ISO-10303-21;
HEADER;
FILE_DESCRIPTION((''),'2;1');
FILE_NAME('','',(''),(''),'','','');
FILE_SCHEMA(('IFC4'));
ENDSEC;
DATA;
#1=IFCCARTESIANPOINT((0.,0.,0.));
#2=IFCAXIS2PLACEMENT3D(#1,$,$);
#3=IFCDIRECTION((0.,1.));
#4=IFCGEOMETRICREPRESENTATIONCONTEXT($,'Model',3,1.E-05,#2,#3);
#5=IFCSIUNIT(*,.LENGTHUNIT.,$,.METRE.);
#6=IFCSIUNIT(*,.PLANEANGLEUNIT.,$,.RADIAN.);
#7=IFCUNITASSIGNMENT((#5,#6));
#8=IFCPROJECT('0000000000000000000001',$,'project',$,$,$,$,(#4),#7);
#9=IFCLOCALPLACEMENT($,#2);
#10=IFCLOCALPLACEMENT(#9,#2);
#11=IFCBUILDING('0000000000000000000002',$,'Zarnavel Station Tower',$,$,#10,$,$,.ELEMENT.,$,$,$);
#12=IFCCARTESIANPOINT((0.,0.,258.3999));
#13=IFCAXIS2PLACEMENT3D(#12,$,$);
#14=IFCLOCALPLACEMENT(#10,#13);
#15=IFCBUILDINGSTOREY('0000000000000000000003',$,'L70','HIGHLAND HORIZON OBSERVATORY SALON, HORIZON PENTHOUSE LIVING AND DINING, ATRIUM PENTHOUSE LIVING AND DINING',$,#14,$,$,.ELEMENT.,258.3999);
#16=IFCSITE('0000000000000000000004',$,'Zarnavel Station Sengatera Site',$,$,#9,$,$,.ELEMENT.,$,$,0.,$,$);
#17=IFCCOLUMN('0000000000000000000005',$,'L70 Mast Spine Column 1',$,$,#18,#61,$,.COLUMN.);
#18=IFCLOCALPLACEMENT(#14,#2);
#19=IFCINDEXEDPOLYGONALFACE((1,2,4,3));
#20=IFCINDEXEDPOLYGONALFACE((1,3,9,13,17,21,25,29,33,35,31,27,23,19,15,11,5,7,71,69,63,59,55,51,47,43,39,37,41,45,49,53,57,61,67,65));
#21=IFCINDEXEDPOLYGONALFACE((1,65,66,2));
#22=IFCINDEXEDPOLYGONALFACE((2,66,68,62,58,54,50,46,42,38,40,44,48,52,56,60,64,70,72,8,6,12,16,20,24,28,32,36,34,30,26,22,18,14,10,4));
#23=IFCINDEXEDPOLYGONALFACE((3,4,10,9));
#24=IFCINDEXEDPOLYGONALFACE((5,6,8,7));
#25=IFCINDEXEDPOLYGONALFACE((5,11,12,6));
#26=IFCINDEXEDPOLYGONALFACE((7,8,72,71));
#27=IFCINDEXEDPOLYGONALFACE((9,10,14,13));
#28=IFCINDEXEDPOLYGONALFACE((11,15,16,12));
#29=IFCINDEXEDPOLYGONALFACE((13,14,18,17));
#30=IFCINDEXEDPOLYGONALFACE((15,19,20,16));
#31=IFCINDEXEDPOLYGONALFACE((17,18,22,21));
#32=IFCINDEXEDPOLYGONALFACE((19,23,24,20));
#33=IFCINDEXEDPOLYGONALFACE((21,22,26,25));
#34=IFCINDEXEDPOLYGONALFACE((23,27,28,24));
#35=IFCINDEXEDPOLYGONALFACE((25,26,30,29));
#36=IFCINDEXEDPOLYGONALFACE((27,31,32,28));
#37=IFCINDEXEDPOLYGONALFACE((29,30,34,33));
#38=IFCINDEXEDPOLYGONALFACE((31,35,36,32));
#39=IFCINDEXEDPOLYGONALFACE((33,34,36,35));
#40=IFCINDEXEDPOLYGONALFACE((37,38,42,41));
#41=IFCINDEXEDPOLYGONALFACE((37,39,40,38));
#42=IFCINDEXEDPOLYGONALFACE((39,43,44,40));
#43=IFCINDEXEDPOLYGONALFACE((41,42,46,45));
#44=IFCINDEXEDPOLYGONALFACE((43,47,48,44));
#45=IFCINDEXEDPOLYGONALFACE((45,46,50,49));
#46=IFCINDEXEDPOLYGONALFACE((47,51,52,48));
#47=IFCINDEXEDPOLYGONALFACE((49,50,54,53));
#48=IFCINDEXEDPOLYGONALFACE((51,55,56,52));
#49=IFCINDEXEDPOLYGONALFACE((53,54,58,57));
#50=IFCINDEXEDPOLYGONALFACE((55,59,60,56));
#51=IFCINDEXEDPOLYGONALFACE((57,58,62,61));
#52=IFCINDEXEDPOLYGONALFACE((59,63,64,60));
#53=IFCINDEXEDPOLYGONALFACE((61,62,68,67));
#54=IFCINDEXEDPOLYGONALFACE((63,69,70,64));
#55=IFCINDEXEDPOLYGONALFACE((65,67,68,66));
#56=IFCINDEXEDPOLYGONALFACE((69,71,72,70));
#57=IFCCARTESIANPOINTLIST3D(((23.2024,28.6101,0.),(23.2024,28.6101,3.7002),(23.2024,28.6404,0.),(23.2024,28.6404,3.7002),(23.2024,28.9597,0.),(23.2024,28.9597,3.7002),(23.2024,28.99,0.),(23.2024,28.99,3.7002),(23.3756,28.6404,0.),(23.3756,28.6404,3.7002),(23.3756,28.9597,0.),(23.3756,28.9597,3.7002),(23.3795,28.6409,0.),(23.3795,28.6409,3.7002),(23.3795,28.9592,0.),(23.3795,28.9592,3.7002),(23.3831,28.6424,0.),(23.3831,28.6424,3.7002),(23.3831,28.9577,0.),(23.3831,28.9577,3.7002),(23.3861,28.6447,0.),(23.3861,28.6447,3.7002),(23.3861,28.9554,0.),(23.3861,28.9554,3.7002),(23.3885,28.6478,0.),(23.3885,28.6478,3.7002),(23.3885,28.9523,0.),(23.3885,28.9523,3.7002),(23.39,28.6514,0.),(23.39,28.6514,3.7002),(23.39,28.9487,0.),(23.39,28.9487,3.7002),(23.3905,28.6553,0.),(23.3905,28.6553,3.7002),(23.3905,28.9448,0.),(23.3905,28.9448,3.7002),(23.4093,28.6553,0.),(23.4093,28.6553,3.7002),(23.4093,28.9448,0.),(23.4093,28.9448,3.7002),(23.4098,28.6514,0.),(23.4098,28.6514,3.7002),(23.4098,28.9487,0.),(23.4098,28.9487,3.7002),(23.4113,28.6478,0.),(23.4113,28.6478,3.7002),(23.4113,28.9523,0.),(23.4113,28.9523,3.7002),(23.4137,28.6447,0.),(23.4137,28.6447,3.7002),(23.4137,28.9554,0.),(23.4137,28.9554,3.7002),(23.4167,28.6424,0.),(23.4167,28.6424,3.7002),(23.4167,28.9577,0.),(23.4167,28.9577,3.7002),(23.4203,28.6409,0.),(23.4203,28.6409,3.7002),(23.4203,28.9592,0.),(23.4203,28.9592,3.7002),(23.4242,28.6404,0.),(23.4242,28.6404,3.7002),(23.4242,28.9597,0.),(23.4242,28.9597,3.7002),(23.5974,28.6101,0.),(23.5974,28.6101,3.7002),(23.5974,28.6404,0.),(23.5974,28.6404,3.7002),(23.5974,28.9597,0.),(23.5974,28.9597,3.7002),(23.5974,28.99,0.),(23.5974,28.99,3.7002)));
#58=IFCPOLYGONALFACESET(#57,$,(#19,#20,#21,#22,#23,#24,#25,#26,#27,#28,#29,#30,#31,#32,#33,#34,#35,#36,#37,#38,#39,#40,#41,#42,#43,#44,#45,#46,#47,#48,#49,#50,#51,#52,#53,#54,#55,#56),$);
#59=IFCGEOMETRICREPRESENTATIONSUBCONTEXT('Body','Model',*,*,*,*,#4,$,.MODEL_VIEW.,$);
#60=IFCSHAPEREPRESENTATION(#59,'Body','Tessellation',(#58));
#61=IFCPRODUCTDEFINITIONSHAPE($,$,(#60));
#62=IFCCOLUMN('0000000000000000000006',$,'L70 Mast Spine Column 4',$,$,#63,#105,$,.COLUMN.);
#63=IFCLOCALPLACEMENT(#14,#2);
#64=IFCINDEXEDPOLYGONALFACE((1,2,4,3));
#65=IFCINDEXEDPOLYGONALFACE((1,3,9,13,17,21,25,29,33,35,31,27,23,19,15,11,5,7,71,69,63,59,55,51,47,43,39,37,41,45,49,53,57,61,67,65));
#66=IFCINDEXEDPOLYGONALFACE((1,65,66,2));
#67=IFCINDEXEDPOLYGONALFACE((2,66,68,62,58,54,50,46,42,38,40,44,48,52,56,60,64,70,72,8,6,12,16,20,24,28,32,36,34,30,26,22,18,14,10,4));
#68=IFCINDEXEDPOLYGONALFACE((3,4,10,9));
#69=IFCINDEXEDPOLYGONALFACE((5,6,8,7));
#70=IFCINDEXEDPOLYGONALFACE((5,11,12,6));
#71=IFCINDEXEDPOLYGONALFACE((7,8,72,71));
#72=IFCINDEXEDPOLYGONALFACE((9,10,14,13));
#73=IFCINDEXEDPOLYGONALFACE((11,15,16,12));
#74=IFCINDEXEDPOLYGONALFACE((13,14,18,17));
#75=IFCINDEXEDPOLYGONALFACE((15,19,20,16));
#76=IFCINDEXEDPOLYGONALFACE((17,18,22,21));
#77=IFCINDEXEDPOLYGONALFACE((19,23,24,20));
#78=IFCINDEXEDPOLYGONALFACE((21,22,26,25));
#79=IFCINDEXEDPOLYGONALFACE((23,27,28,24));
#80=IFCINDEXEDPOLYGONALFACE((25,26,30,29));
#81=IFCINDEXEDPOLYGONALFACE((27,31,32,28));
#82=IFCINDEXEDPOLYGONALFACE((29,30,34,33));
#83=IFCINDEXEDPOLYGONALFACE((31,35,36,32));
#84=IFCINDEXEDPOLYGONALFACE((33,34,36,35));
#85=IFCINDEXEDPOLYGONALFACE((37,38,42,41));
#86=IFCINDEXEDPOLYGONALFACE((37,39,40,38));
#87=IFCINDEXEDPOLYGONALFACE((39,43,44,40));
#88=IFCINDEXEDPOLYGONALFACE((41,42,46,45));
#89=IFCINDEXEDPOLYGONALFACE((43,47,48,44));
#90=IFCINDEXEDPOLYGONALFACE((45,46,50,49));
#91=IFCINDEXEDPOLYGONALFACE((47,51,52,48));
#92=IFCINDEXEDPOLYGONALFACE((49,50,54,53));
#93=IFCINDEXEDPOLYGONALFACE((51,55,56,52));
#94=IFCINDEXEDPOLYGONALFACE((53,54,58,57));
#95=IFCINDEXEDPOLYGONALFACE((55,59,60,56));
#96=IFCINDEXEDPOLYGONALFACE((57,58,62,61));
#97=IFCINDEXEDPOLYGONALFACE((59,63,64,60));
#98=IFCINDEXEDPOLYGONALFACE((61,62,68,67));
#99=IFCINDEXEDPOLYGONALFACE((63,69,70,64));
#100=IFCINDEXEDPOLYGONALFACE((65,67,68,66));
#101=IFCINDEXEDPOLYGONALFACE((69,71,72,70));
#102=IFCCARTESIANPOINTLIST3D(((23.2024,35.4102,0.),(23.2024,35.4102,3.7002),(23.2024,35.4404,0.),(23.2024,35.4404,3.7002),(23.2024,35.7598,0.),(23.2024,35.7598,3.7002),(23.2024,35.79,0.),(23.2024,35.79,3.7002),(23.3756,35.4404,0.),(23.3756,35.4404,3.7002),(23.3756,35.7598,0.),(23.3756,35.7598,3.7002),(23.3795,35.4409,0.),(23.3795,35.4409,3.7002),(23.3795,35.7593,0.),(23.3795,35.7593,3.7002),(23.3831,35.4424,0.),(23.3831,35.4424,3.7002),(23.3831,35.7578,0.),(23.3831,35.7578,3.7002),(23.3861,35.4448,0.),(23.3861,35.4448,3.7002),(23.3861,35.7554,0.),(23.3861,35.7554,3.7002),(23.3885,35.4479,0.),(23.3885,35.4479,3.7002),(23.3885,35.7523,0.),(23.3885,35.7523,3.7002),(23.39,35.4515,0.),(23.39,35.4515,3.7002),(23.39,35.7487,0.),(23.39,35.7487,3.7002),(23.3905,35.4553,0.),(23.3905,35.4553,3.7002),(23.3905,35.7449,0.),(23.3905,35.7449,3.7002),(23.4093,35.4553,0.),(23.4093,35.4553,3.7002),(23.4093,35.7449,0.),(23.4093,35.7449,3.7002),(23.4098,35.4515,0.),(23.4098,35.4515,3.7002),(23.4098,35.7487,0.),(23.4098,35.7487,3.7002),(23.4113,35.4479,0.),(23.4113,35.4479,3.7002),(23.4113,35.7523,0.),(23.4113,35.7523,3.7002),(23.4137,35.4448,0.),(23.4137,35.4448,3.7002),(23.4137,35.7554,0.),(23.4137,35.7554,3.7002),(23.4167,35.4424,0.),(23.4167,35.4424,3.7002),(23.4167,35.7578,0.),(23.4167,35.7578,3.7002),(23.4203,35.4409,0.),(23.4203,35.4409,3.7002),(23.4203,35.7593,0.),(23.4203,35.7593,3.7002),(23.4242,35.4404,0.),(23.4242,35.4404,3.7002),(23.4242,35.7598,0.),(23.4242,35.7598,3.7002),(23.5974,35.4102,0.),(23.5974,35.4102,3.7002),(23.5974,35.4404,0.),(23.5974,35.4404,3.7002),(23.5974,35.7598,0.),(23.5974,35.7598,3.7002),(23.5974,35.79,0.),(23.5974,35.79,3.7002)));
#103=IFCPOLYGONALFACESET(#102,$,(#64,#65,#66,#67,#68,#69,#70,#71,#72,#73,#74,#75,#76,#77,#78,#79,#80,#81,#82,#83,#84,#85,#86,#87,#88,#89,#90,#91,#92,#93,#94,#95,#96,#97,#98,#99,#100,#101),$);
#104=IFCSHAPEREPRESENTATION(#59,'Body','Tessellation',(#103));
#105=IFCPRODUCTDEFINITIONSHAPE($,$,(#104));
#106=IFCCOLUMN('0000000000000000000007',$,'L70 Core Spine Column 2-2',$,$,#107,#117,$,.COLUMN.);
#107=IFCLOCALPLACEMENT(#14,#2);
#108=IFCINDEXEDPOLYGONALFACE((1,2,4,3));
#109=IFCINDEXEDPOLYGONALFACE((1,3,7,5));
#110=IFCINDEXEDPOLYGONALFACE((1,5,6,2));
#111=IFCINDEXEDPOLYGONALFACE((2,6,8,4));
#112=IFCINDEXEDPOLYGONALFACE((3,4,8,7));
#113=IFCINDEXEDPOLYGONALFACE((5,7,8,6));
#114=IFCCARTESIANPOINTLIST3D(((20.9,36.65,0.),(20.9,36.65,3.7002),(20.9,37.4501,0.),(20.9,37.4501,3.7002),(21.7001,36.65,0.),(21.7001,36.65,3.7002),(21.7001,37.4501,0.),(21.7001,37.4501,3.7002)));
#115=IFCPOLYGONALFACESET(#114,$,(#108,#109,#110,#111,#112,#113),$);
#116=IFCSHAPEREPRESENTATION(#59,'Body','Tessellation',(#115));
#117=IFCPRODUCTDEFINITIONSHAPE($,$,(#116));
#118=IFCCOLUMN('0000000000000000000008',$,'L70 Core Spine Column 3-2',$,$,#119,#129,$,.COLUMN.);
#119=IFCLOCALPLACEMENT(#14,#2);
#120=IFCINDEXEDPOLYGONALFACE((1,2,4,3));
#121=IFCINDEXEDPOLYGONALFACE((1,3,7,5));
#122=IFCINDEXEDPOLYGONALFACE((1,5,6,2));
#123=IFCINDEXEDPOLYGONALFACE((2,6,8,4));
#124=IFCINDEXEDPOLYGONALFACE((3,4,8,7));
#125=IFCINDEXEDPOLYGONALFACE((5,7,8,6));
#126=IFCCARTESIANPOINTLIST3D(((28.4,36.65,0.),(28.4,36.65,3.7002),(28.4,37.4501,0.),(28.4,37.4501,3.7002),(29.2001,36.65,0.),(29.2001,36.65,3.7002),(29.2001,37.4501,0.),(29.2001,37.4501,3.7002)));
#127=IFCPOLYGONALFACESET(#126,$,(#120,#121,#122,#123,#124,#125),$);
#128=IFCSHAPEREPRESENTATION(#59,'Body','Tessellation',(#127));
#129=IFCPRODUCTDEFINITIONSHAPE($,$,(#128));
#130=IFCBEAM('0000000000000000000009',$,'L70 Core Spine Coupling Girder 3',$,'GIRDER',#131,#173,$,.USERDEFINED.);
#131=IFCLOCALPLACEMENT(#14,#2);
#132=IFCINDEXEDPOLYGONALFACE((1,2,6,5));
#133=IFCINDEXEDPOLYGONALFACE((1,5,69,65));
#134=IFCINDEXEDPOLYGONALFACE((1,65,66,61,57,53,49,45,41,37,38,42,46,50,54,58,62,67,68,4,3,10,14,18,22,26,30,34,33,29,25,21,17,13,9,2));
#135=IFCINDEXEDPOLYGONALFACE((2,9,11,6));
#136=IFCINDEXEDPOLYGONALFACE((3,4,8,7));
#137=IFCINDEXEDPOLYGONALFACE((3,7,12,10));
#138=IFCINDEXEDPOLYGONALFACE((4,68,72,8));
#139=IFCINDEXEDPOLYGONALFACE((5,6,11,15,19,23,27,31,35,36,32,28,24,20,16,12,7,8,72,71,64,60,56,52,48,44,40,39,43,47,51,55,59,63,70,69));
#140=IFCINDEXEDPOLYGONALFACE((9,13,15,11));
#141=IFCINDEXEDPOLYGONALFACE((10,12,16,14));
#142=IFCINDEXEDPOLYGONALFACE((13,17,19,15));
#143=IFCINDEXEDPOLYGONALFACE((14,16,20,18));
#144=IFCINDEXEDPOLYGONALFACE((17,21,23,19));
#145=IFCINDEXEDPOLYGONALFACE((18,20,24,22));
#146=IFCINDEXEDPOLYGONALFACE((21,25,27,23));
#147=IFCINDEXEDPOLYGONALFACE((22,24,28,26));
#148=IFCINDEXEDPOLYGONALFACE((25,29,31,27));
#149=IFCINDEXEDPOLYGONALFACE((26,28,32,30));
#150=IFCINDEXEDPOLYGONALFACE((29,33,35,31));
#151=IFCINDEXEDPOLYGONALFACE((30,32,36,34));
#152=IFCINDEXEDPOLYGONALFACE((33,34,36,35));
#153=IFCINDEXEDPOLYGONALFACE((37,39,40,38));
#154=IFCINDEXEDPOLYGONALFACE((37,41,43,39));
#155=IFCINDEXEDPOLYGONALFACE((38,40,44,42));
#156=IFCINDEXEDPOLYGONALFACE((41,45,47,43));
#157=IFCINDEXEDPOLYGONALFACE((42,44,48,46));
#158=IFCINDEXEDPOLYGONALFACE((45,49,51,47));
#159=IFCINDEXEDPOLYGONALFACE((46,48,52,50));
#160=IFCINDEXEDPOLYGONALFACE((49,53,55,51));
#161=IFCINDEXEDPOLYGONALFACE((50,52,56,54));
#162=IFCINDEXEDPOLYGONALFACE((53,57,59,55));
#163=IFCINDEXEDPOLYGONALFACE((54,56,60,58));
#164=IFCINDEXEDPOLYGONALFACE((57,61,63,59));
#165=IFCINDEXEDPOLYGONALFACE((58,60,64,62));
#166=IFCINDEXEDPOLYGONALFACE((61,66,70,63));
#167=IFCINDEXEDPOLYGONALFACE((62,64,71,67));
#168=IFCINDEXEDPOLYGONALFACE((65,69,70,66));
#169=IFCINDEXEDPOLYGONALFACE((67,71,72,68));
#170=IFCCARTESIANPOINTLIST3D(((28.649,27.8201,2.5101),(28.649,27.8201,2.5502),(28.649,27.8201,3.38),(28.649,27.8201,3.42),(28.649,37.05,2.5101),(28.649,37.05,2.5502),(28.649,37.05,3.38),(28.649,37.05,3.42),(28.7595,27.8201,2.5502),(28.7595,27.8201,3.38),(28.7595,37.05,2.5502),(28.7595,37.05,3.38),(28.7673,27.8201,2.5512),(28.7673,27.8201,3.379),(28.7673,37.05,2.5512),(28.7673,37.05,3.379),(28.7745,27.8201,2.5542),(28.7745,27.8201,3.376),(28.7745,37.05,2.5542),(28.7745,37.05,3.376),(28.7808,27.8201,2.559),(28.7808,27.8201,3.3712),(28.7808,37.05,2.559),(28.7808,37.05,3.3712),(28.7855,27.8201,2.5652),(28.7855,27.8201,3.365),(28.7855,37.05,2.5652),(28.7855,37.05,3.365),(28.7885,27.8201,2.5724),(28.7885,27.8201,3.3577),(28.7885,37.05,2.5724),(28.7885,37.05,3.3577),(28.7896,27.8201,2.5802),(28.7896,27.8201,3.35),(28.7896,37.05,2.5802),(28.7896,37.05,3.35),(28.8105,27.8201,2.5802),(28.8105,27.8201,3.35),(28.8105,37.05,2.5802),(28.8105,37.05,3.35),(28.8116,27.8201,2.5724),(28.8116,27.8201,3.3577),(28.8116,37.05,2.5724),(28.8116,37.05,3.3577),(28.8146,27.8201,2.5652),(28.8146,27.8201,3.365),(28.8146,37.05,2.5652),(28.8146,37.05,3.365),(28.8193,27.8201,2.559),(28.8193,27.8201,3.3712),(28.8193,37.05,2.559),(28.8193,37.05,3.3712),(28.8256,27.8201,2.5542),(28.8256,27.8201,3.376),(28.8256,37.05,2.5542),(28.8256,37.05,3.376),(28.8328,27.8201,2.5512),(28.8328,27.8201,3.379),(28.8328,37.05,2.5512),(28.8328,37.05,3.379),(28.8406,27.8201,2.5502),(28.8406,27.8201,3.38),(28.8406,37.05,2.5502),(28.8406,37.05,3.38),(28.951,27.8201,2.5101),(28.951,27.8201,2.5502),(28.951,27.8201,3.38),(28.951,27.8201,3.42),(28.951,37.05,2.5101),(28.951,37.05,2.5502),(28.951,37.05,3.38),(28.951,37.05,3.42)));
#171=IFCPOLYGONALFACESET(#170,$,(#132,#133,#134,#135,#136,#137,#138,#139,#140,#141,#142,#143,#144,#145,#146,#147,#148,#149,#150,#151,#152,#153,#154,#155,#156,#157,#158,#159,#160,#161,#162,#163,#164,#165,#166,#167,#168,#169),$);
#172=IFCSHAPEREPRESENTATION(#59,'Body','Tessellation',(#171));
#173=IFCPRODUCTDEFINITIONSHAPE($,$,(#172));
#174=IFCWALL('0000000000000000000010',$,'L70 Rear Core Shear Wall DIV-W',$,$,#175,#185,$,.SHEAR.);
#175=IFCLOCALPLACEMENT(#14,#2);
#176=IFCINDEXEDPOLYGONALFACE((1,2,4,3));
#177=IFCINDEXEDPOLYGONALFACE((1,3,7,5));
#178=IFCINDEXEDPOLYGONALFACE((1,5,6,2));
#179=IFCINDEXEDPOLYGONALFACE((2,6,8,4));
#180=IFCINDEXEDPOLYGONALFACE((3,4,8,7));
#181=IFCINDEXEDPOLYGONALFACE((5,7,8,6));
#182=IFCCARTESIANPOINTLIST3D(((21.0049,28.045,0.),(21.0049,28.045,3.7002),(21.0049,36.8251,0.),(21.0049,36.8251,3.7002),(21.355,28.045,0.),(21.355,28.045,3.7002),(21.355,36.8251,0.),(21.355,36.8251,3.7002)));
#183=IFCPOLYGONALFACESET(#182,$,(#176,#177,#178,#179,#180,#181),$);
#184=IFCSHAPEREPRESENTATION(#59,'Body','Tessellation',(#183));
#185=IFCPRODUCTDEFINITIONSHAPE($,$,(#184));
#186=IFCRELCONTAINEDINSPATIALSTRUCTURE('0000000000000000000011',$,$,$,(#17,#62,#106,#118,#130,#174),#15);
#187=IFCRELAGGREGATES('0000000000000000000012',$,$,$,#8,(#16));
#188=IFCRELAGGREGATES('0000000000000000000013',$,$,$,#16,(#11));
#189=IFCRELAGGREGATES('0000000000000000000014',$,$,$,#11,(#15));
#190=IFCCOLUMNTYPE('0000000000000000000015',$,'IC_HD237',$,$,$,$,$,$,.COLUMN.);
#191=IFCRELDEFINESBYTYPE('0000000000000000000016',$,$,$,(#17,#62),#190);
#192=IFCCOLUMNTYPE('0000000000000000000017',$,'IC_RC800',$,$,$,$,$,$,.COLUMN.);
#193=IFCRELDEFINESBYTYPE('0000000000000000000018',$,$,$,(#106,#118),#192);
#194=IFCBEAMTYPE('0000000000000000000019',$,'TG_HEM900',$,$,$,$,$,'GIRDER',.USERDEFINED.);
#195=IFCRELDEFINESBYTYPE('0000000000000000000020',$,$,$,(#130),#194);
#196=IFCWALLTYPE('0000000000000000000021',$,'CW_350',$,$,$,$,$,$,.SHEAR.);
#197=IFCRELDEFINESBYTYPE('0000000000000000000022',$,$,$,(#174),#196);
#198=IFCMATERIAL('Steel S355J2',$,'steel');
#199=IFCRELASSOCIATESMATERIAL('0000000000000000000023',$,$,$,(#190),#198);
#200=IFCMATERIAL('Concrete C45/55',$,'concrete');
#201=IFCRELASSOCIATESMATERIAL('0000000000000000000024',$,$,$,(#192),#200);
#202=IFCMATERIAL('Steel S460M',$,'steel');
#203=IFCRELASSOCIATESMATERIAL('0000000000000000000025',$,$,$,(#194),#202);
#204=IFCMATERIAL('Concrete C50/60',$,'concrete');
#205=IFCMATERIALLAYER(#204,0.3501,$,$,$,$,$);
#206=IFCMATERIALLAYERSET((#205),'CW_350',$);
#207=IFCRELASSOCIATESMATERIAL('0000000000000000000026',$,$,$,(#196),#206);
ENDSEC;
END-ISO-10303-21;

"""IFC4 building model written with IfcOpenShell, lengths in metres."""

from ifc_helpers import new_model, si_unit, direction, frame, frame_2d, origin, origin_2d, place, context, subcontext, project, spatial, rectangle, i_section, extrude, material, layer, layer_set, material_profile, profile_set, type_object, element, save


model = new_model("IFC4")

# Units and contexts
model_context = context("Model", 3, precision=1e-05, world=origin(), true_north=direction((0.0, 1.0)))
body_context = subcontext(model_context, "Body", "Model", "MODEL_VIEW")
ifc_project = project(units=[si_unit("LENGTHUNIT", "METRE"), si_unit("PLANEANGLEUNIT", "RADIAN")], contexts=[model_context])

# Site, building, storey
site_placement = place(None, origin())
site = spatial("IfcSite", under=ifc_project, at=site_placement, Name="Zarnavel Station Sengatera Site", CompositionType="ELEMENT", RefElevation=0.0)
building_placement = place(site_placement, origin())
building = spatial("IfcBuilding", under=site, at=building_placement, Name="Zarnavel Station Tower", CompositionType="ELEMENT")
storey_placement = place(building_placement, frame((0.0, 0.0, 258.3999)))
storey = spatial("IfcBuildingStorey", under=building, at=storey_placement, Name="L70", Description="HIGHLAND HORIZON OBSERVATORY SALON, HORIZON PENTHOUSE LIVING AND DINING, ATRIUM PENTHOUSE LIVING AND DINING", CompositionType="ELEMENT", Elevation=258.3999)

# Columns
ifc_material_1 = material(Name="Steel S355J2", Category="steel")
ifc_material_profile_1 = material_profile(ifc_material_1, i_section(OverallWidth=0.395, OverallDepth=0.3799, WebThickness=0.0188, FlangeThickness=0.0303, FilletRadius=0.0149, at=origin_2d()), Name="HD400x237")
ifc_profile_set_1 = profile_set([ifc_material_profile_1], Name="Steel S355J2")
column_type_1 = type_object("IfcColumnType", Name="IC_HD237", PredefinedType="COLUMN", material=ifc_profile_set_1)
for number, where, z_axis, x_axis, name in (
    (1, (23.3999, 28.8, 0.0), (0.0, 0.0, 1.0), (1.0, 0.0, 0.0), "L70 Mast Spine Column 1"),
    (2, (23.3999, 35.6001, 0.0), (0.0, 0.0, 1.0), (1.0, 0.0, 0.0), "L70 Mast Spine Column 4"),
):
    element("IfcColumn", number, at=place(storey_placement, frame(where, z_axis=z_axis, x_axis=x_axis)), inside=storey, type_object=column_type_1, Name=name, PredefinedType="COLUMN", context=body_context, shape_type="SweptSolid", body=[
        extrude(i_section(OverallWidth=0.395, OverallDepth=0.3799, WebThickness=0.0188, FlangeThickness=0.0303, FilletRadius=0.0149, at=origin_2d()), origin(), (0.0, 0.0, 1.0), 3.7002),
    ])
ifc_material_2 = material(Name="Concrete C45/55", Category="concrete")
ifc_material_profile_2 = material_profile(ifc_material_2, rectangle(XDim=0.8, YDim=0.8, at=origin_2d()), Name="RC800x800")
ifc_profile_set_2 = profile_set([ifc_material_profile_2], Name="Concrete C45/55")
column_type_2 = type_object("IfcColumnType", Name="IC_RC800", PredefinedType="COLUMN", material=ifc_profile_set_2)
for number, where, z_axis, x_axis, name in (
    (3, (21.3, 37.05, 0.0), (0.0, 0.0, 1.0), (1.0, 0.0, 0.0), "L70 Core Spine Column 2-2"),
    (4, (28.8, 37.05, 0.0), (0.0, 0.0, 1.0), (1.0, 0.0, 0.0), "L70 Core Spine Column 3-2"),
):
    element("IfcColumn", number, at=place(storey_placement, frame(where, z_axis=z_axis, x_axis=x_axis)), inside=storey, type_object=column_type_2, Name=name, PredefinedType="COLUMN", context=body_context, shape_type="SweptSolid", body=[
        extrude(rectangle(XDim=0.8, YDim=0.8, at=origin_2d()), origin(), (0.0, 0.0, 1.0), 3.7002),
    ])

# Beam
ifc_material_3 = material(Name="Steel S460M", Category="steel")
ifc_material_profile_3 = material_profile(ifc_material_3, i_section(OverallWidth=0.302, OverallDepth=0.9099, WebThickness=0.021, FlangeThickness=0.04, FilletRadius=0.03, at=origin_2d()), Name="HEM900")
ifc_profile_set_3 = profile_set([ifc_material_profile_3], Name="Steel S460M")
beam_type = type_object("IfcBeamType", Name="TG_HEM900", ElementType="GIRDER", PredefinedType="USERDEFINED", material=ifc_profile_set_3)
beam_placement = place(storey_placement, frame((28.8, 27.8201, 2.9651), z_axis=(0.0, 1.0, 0.0), x_axis=(-1.0, 0.0, 0.0)))
element("IfcBeam", 5, at=beam_placement, inside=storey, type_object=beam_type, Name="L70 Core Spine Coupling Girder 3", ObjectType="GIRDER", PredefinedType="USERDEFINED", context=body_context, shape_type="SweptSolid", body=[
    extrude(i_section(OverallWidth=0.302, OverallDepth=0.9099, WebThickness=0.021, FlangeThickness=0.04, FilletRadius=0.03, at=origin_2d()), origin(), (0.0, 0.0, 1.0), 9.23),
])

# Wall
ifc_material_4 = material(Name="Concrete C50/60", Category="concrete")
ifc_layer_1 = layer(ifc_material_4, 0.3501)
ifc_layer_set_1 = layer_set([ifc_layer_1], Name="CW_350")
wall_type_1 = type_object("IfcWallType", Name="CW_350", PredefinedType="SHEAR", material=ifc_layer_set_1)
wall_1_placement = place(storey_placement, frame((21.1799, 28.0449, 0.0), z_axis=(0.0, 0.0, 1.0), x_axis=(0.0, 1.0, 0.0)))
element("IfcWall", 6, at=wall_1_placement, inside=storey, type_object=wall_type_1, Name="L70 Rear Core Shear Wall DIV-W", PredefinedType="SHEAR", context=body_context, shape_type="SweptSolid", body=[
    extrude(rectangle(XDim=8.78, YDim=0.3501, at=frame_2d((4.3901, 0.0))), origin(), (0.0, 0.0, 1.0), 3.7002),
])

save(model, "model.ifc")
